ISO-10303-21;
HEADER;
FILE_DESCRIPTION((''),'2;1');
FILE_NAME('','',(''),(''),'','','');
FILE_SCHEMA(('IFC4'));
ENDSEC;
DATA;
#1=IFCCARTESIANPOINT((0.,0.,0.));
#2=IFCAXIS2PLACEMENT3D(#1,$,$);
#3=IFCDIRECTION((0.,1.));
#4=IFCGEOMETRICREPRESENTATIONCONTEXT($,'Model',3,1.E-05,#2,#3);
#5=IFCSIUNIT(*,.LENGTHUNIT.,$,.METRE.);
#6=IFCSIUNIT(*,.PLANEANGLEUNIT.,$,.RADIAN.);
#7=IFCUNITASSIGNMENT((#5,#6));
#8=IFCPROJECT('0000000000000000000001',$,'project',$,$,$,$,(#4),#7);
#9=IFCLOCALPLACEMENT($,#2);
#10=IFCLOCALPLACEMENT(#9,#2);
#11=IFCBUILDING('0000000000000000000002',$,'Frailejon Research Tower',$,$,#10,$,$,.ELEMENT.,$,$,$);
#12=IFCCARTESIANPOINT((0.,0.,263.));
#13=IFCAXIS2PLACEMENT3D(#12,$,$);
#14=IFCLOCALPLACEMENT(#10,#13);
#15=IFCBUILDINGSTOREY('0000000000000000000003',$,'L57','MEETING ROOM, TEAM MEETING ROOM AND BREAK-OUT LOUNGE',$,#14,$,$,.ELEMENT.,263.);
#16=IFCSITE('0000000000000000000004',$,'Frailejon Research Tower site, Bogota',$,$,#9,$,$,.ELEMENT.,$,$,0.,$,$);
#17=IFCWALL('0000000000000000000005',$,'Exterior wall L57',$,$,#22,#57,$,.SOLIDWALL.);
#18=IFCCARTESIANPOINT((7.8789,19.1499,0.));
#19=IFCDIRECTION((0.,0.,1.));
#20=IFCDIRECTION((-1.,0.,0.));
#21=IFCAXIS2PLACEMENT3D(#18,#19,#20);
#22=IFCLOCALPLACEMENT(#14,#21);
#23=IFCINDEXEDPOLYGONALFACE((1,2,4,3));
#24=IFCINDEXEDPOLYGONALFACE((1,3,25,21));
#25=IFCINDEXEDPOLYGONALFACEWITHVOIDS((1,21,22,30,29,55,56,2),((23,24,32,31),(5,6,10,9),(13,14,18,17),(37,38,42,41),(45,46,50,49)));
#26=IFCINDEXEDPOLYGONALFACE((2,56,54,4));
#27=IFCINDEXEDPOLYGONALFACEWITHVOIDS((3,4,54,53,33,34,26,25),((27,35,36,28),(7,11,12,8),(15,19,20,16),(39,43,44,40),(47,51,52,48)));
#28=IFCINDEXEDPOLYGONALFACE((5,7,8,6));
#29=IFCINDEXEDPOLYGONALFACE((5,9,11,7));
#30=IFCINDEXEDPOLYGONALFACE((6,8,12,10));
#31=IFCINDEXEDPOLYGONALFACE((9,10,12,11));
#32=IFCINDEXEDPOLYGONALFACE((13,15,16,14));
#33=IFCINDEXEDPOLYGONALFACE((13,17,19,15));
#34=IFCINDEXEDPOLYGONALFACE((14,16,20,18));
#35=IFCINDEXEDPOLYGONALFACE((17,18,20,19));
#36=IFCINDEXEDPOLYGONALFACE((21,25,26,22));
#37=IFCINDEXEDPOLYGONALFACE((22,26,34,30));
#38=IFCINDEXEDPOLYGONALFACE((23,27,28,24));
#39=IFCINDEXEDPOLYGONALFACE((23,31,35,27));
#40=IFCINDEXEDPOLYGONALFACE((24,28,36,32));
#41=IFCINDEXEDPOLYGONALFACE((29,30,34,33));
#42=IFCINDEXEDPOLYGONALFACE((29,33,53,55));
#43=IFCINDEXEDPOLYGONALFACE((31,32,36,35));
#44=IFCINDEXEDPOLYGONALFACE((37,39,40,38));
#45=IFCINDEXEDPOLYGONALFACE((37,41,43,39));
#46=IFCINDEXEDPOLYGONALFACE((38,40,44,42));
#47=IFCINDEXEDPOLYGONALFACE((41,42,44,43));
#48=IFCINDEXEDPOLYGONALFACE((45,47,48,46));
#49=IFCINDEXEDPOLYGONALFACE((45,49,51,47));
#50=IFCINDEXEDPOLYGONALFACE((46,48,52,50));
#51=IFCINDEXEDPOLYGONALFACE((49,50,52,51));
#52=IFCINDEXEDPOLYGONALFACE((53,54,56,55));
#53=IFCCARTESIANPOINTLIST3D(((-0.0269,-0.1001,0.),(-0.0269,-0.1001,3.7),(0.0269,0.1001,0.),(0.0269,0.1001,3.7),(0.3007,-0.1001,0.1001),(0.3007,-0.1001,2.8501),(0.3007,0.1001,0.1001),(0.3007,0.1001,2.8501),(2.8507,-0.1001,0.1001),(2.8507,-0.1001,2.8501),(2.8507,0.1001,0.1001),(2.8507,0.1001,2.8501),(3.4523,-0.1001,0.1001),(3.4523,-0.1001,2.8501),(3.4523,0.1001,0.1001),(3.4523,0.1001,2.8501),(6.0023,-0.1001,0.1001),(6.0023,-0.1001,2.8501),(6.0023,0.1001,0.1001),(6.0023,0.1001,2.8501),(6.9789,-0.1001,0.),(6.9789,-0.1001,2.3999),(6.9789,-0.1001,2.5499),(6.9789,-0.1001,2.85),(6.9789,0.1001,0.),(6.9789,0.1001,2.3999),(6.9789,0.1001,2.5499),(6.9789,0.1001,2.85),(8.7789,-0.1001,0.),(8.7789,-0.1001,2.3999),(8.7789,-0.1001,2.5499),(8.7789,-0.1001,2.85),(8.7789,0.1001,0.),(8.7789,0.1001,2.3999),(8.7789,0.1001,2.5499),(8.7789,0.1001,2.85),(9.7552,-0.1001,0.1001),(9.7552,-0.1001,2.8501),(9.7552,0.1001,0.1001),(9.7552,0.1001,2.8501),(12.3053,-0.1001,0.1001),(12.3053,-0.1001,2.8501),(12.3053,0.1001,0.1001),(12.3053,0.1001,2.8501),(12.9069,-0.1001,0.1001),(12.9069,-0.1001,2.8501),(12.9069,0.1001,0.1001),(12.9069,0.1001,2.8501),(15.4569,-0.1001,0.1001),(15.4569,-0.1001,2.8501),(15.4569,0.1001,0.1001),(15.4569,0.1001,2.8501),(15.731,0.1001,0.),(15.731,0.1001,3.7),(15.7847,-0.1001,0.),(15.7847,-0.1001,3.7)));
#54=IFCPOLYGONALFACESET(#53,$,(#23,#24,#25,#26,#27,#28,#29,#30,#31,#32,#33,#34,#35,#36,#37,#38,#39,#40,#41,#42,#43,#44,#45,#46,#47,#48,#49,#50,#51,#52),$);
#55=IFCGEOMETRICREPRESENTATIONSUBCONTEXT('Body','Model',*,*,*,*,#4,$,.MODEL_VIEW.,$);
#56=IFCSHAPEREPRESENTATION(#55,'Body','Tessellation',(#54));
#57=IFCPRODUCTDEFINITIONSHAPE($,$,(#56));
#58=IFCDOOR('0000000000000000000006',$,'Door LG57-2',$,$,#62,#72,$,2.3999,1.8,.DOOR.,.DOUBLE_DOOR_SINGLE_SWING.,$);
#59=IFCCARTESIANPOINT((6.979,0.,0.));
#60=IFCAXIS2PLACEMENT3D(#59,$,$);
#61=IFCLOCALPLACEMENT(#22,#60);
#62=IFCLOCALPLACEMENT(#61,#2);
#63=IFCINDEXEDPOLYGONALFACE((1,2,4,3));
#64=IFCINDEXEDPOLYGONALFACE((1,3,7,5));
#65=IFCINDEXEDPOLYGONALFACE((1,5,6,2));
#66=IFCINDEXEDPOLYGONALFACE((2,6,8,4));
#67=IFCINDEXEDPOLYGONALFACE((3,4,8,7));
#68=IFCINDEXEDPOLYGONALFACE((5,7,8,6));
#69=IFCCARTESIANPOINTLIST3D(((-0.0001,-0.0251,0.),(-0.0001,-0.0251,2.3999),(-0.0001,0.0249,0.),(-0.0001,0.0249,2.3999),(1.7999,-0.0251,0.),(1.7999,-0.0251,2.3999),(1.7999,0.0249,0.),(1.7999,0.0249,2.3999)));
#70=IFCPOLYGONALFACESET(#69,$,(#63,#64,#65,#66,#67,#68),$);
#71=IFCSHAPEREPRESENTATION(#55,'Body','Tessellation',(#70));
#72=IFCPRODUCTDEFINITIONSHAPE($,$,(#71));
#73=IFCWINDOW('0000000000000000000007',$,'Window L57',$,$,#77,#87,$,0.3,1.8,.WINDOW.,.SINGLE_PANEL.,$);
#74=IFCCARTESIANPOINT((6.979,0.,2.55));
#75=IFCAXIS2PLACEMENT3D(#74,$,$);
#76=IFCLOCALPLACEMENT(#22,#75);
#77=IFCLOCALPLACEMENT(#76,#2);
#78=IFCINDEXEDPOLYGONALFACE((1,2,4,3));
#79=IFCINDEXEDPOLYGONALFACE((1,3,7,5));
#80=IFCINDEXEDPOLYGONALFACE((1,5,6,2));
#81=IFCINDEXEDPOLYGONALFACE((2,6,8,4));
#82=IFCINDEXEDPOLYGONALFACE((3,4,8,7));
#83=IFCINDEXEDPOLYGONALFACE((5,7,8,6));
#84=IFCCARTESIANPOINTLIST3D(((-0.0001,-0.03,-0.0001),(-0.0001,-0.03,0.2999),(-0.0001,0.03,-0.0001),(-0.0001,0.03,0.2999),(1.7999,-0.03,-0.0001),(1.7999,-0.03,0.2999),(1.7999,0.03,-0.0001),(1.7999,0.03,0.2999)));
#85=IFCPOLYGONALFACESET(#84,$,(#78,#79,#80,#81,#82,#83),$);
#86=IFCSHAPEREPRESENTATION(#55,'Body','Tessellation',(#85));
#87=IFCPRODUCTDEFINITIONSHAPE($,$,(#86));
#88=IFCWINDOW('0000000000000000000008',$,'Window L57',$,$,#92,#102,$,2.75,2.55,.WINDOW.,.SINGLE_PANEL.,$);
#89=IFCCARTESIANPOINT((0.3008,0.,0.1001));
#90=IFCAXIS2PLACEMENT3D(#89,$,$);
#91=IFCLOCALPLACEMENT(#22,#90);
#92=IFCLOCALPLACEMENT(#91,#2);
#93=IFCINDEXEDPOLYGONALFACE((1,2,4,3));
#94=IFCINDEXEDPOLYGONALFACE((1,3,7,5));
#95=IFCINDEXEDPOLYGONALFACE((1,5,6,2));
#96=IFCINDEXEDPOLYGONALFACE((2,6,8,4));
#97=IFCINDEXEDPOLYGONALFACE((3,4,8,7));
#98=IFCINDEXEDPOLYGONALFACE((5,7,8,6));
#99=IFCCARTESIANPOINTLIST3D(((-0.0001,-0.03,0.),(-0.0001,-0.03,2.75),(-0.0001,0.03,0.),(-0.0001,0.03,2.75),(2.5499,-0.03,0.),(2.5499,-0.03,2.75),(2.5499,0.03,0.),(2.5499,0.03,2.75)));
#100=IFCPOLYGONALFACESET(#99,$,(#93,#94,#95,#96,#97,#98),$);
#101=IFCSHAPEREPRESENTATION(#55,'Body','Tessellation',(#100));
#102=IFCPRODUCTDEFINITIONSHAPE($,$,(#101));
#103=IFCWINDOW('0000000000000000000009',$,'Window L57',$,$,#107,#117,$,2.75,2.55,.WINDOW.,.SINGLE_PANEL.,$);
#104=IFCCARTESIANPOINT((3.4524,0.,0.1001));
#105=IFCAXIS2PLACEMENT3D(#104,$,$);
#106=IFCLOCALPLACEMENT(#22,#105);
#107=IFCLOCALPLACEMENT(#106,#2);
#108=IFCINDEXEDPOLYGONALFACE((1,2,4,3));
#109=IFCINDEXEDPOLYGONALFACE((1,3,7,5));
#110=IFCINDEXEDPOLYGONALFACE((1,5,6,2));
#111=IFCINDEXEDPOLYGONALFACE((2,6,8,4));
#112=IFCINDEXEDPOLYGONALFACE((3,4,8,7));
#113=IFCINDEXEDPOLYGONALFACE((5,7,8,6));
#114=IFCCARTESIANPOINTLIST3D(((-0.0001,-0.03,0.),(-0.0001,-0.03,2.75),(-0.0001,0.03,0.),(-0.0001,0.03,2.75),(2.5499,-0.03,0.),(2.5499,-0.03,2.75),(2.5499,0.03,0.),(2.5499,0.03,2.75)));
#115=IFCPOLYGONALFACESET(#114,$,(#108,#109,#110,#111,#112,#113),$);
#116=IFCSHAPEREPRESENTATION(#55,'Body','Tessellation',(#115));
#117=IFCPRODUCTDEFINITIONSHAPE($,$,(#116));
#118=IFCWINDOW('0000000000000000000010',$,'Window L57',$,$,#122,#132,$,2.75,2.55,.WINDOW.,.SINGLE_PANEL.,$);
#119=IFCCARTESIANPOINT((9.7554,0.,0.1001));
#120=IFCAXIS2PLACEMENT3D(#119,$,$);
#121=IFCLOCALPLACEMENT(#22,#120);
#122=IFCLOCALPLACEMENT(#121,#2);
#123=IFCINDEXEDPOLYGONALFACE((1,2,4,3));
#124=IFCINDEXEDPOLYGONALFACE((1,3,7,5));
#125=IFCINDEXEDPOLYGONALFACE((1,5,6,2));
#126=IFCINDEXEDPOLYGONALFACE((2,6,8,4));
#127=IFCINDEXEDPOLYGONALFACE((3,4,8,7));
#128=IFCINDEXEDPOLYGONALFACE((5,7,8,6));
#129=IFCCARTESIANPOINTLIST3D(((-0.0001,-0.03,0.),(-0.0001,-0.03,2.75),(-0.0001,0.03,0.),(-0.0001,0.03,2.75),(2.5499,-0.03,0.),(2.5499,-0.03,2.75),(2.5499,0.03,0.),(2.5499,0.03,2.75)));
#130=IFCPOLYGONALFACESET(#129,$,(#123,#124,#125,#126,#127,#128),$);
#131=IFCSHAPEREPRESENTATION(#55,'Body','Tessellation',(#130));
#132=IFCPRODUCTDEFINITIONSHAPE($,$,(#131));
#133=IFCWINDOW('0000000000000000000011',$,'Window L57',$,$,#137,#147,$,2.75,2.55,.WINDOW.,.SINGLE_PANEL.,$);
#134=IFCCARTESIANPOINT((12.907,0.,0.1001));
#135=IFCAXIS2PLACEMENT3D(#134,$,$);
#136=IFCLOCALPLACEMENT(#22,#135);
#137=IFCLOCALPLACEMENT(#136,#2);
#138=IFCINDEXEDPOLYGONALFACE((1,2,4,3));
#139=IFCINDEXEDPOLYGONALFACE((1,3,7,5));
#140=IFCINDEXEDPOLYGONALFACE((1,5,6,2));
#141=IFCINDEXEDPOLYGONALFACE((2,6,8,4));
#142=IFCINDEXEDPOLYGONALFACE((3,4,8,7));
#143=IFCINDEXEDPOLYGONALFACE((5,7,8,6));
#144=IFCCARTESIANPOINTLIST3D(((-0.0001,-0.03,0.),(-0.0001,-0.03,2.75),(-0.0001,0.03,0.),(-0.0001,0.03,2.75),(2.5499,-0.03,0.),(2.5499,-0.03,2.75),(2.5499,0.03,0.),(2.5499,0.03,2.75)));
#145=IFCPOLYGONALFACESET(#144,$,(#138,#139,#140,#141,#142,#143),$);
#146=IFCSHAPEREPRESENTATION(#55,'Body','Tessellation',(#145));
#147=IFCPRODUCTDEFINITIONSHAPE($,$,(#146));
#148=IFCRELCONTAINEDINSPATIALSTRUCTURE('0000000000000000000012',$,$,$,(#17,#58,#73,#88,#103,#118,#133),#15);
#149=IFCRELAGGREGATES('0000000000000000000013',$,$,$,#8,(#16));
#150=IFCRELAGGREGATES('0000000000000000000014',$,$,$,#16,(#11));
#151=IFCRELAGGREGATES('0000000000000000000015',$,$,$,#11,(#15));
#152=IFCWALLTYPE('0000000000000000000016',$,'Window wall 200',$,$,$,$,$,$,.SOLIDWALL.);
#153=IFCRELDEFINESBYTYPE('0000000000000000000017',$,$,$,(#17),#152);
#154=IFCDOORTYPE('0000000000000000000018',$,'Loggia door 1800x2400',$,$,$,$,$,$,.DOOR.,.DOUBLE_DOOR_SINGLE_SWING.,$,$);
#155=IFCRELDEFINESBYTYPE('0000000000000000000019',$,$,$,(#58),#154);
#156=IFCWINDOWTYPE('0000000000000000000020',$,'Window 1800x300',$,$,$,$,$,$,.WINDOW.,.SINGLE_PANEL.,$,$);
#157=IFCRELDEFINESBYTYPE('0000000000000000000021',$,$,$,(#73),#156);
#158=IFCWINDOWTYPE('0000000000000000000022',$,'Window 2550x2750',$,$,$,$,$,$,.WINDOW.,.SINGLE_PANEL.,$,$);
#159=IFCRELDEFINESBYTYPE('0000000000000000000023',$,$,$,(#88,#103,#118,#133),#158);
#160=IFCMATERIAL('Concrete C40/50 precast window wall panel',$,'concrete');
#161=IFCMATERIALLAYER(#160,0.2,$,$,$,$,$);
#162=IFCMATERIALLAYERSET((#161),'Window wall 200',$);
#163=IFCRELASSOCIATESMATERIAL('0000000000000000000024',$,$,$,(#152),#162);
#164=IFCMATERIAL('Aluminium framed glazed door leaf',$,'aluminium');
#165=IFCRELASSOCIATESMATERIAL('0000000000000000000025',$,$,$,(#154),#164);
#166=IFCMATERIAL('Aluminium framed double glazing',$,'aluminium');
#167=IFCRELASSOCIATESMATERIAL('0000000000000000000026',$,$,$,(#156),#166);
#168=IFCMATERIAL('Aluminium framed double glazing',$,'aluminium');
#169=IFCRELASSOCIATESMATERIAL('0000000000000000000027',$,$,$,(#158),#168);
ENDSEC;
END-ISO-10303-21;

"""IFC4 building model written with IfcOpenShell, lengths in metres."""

from ifc_helpers import new_model, si_unit, direction, frame, frame_2d, origin, place, context, subcontext, project, spatial, polyline, rectangle, outline, extrude, material, layer, layer_set, type_object, element, fill, save


model = new_model("IFC4")

# Units and contexts
model_context = context("Model", 3, precision=1e-05, world=origin(), true_north=direction((0.0, 1.0)))
body_context = subcontext(model_context, "Body", "Model", "MODEL_VIEW")
ifc_project = project(units=[si_unit("LENGTHUNIT", "METRE"), si_unit("PLANEANGLEUNIT", "RADIAN")], contexts=[model_context])

# Site, building, storey
site_placement = place(None, origin())
site = spatial("IfcSite", under=ifc_project, at=site_placement, Name="Frailejon Research Tower site, Bogota", CompositionType="ELEMENT", RefElevation=0.0)
building_placement = place(site_placement, origin())
building = spatial("IfcBuilding", under=site, at=building_placement, Name="Frailejon Research Tower", CompositionType="ELEMENT")
storey_placement = place(building_placement, frame((0.0, 0.0, 263.0)))
storey = spatial("IfcBuildingStorey", under=building, at=storey_placement, Name="L57", Description="MEETING ROOM, TEAM MEETING ROOM AND BREAK-OUT LOUNGE", CompositionType="ELEMENT", Elevation=263.0)

# Wall, openings, door, windows
ifc_material_1 = material(Name="Concrete C40/50 precast window wall panel", Category="concrete")
ifc_layer_1 = layer(ifc_material_1, 0.2)
ifc_layer_set_1 = layer_set([ifc_layer_1], Name="Window wall 200")
wall_type_1 = type_object("IfcWallType", Name="Window wall 200", PredefinedType="SOLIDWALL", material=ifc_layer_set_1)
wall_1_placement = place(storey_placement, frame((7.8789, 19.1499, 0.0), z_axis=(0.0, 0.0, 1.0), x_axis=(-1.0, 0.0, 0.0)))
wall_1 = element("IfcWall", 1, at=wall_1_placement, inside=storey, type_object=wall_type_1, Name="Exterior wall L57", PredefinedType="SOLIDWALL", context=body_context, shape_type="SweptSolid", body=[
    extrude(outline(polyline([(-0.0269, -0.1001), (1.0273, -0.1001), (2.0813, -0.1001), (3.1355, -0.1001), (4.1895, -0.1001), (5.2437, -0.1001), (6.2979, -0.1001), (7.3518, -0.1001), (8.406, -0.1001), (9.46, -0.1001), (10.5142, -0.1001), (11.5684, -0.1001), (12.6223, -0.1001), (13.6765, -0.1001), (14.7305, -0.1001), (15.7847, -0.1001), (15.731, 0.1001), (14.6841, 0.1001), (13.637, 0.1001), (12.5901, 0.1001), (11.5432, 0.1001), (10.4963, 0.1001), (9.4492, 0.1001), (8.4023, 0.1001), (7.3555, 0.1001), (6.3086, 0.1001), (5.2615, 0.1001), (4.2146, 0.1001), (3.1677, 0.1001), (2.1208, 0.1001), (1.0737, 0.1001), (0.0269, 0.1001), (-0.0269, -0.1001)])), origin(), (0.0, 0.0, 1.0), 3.7),
])
opening_1_placement = place(wall_1_placement, frame((0.3008, 0.0, 0.1001)))
opening_1 = element("IfcOpeningElement", 2, at=opening_1_placement, cuts=wall_1, PredefinedType="OPENING", context=body_context, shape_type="SweptSolid", body=[
    extrude(rectangle(XDim=2.55, YDim=2.75, at=frame_2d((1.2749, 1.375))), frame((0.0, 0.1099, 0.0), z_axis=(0.0, -1.0, 0.0), x_axis=(1.0, 0.0, 0.0)), (0.0, 0.0, 1.0), 0.22),
])
opening_2_placement = place(wall_1_placement, frame((3.4524, 0.0, 0.1001)))
opening_2 = element("IfcOpeningElement", 3, at=opening_2_placement, cuts=wall_1, PredefinedType="OPENING", context=body_context, shape_type="SweptSolid", body=[
    extrude(rectangle(XDim=2.55, YDim=2.75, at=frame_2d((1.2749, 1.375))), frame((0.0, 0.1099, 0.0), z_axis=(0.0, -1.0, 0.0), x_axis=(1.0, 0.0, 0.0)), (0.0, 0.0, 1.0), 0.22),
])
opening_3_placement = place(wall_1_placement, frame((6.979, 0.0, 0.0)))
opening_3 = element("IfcOpeningElement", 4, at=opening_3_placement, cuts=wall_1, PredefinedType="OPENING", context=body_context, shape_type="SweptSolid", body=[
    extrude(rectangle(XDim=1.8, YDim=2.3999, at=frame_2d((0.8999, 1.2))), frame((0.0, 0.1099, 0.0), z_axis=(0.0, -1.0, 0.0), x_axis=(1.0, 0.0, 0.0)), (0.0, 0.0, 1.0), 0.22),
])
opening_4_placement = place(wall_1_placement, frame((6.979, 0.0, 2.55)))
opening_4 = element("IfcOpeningElement", 5, at=opening_4_placement, cuts=wall_1, PredefinedType="OPENING", context=body_context, shape_type="SweptSolid", body=[
    extrude(rectangle(XDim=1.8, YDim=0.3, at=frame_2d((0.8999, 0.1499))), frame((0.0, 0.1099, 0.0), z_axis=(0.0, -1.0, 0.0), x_axis=(1.0, 0.0, 0.0)), (0.0, 0.0, 1.0), 0.22),
])
opening_5_placement = place(wall_1_placement, frame((9.7554, 0.0, 0.1001)))
opening_5 = element("IfcOpeningElement", 6, at=opening_5_placement, cuts=wall_1, PredefinedType="OPENING", context=body_context, shape_type="SweptSolid", body=[
    extrude(rectangle(XDim=2.55, YDim=2.75, at=frame_2d((1.2749, 1.375))), frame((0.0, 0.1099, 0.0), z_axis=(0.0, -1.0, 0.0), x_axis=(1.0, 0.0, 0.0)), (0.0, 0.0, 1.0), 0.22),
])
opening_6_placement = place(wall_1_placement, frame((12.907, 0.0, 0.1001)))
opening_6 = element("IfcOpeningElement", 7, at=opening_6_placement, cuts=wall_1, PredefinedType="OPENING", context=body_context, shape_type="SweptSolid", body=[
    extrude(rectangle(XDim=2.55, YDim=2.75, at=frame_2d((1.2749, 1.375))), frame((0.0, 0.1099, 0.0), z_axis=(0.0, -1.0, 0.0), x_axis=(1.0, 0.0, 0.0)), (0.0, 0.0, 1.0), 0.22),
])
ifc_material_2 = material(Name="Aluminium framed glazed door leaf", Category="aluminium")
door_type = type_object("IfcDoorType", Name="Loggia door 1800x2400", OperationType="DOUBLE_DOOR_SINGLE_SWING", PredefinedType="DOOR", material=ifc_material_2)
door_placement = place(opening_3_placement, origin())
door = element("IfcDoor", 8, at=door_placement, inside=storey, type_object=door_type, Name="Door LG57-2", OperationType="DOUBLE_DOOR_SINGLE_SWING", OverallHeight=2.3999, OverallWidth=1.8, PredefinedType="DOOR", context=body_context, shape_type="SweptSolid", body=[
    extrude(rectangle(XDim=1.8, YDim=2.3999, at=frame_2d((0.8999, 1.2))), frame((0.0, 0.0249, 0.0), z_axis=(0.0, -1.0, 0.0), x_axis=(1.0, 0.0, 0.0)), (0.0, 0.0, 1.0), 0.05),
])
fill(opening_3, door)
ifc_material_3 = material(Name="Aluminium framed double glazing", Category="aluminium")
window_type_1 = type_object("IfcWindowType", Name="Window 1800x300", PartitioningType="SINGLE_PANEL", PredefinedType="WINDOW", material=ifc_material_3)
window_1_placement = place(opening_4_placement, origin())
window_1 = element("IfcWindow", 9, at=window_1_placement, inside=storey, type_object=window_type_1, Name="Window L57", OverallHeight=0.3, OverallWidth=1.8, PartitioningType="SINGLE_PANEL", PredefinedType="WINDOW", context=body_context, shape_type="SweptSolid", body=[
    extrude(rectangle(XDim=1.8, YDim=0.3, at=frame_2d((0.8999, 0.1499))), frame((0.0, 0.03, 0.0), z_axis=(0.0, -1.0, 0.0), x_axis=(1.0, 0.0, 0.0)), (0.0, 0.0, 1.0), 0.0601),
])
fill(opening_4, window_1)
ifc_material_4 = material(Name="Aluminium framed double glazing", Category="aluminium")
window_type_2 = type_object("IfcWindowType", Name="Window 2550x2750", PartitioningType="SINGLE_PANEL", PredefinedType="WINDOW", material=ifc_material_4)
window_2_placement = place(opening_1_placement, origin())
window_2 = element("IfcWindow", 10, at=window_2_placement, inside=storey, type_object=window_type_2, Name="Window L57", OverallHeight=2.75, OverallWidth=2.55, PartitioningType="SINGLE_PANEL", PredefinedType="WINDOW", context=body_context, shape_type="SweptSolid", body=[
    extrude(rectangle(XDim=2.55, YDim=2.75, at=frame_2d((1.2749, 1.375))), frame((0.0, 0.03, 0.0), z_axis=(0.0, -1.0, 0.0), x_axis=(1.0, 0.0, 0.0)), (0.0, 0.0, 1.0), 0.0601),
])
fill(opening_1, window_2)
window_3_placement = place(opening_2_placement, origin())
window_3 = element("IfcWindow", 11, at=window_3_placement, inside=storey, type_object=window_type_2, Name="Window L57", OverallHeight=2.75, OverallWidth=2.55, PartitioningType="SINGLE_PANEL", PredefinedType="WINDOW", context=body_context, shape_type="SweptSolid", body=[
    extrude(rectangle(XDim=2.55, YDim=2.75, at=frame_2d((1.2749, 1.375))), frame((0.0, 0.03, 0.0), z_axis=(0.0, -1.0, 0.0), x_axis=(1.0, 0.0, 0.0)), (0.0, 0.0, 1.0), 0.0601),
])
fill(opening_2, window_3)
window_4_placement = place(opening_5_placement, origin())
window_4 = element("IfcWindow", 12, at=window_4_placement, inside=storey, type_object=window_type_2, Name="Window L57", OverallHeight=2.75, OverallWidth=2.55, PartitioningType="SINGLE_PANEL", PredefinedType="WINDOW", context=body_context, shape_type="SweptSolid", body=[
    extrude(rectangle(XDim=2.55, YDim=2.75, at=frame_2d((1.2749, 1.375))), frame((0.0, 0.03, 0.0), z_axis=(0.0, -1.0, 0.0), x_axis=(1.0, 0.0, 0.0)), (0.0, 0.0, 1.0), 0.0601),
])
fill(opening_5, window_4)
window_5_placement = place(opening_6_placement, origin())
window_5 = element("IfcWindow", 13, at=window_5_placement, inside=storey, type_object=window_type_2, Name="Window L57", OverallHeight=2.75, OverallWidth=2.55, PartitioningType="SINGLE_PANEL", PredefinedType="WINDOW", context=body_context, shape_type="SweptSolid", body=[
    extrude(rectangle(XDim=2.55, YDim=2.75, at=frame_2d((1.2749, 1.375))), frame((0.0, 0.03, 0.0), z_axis=(0.0, -1.0, 0.0), x_axis=(1.0, 0.0, 0.0)), (0.0, 0.0, 1.0), 0.0601),
])
fill(opening_6, window_5)

save(model, "model.ifc")
